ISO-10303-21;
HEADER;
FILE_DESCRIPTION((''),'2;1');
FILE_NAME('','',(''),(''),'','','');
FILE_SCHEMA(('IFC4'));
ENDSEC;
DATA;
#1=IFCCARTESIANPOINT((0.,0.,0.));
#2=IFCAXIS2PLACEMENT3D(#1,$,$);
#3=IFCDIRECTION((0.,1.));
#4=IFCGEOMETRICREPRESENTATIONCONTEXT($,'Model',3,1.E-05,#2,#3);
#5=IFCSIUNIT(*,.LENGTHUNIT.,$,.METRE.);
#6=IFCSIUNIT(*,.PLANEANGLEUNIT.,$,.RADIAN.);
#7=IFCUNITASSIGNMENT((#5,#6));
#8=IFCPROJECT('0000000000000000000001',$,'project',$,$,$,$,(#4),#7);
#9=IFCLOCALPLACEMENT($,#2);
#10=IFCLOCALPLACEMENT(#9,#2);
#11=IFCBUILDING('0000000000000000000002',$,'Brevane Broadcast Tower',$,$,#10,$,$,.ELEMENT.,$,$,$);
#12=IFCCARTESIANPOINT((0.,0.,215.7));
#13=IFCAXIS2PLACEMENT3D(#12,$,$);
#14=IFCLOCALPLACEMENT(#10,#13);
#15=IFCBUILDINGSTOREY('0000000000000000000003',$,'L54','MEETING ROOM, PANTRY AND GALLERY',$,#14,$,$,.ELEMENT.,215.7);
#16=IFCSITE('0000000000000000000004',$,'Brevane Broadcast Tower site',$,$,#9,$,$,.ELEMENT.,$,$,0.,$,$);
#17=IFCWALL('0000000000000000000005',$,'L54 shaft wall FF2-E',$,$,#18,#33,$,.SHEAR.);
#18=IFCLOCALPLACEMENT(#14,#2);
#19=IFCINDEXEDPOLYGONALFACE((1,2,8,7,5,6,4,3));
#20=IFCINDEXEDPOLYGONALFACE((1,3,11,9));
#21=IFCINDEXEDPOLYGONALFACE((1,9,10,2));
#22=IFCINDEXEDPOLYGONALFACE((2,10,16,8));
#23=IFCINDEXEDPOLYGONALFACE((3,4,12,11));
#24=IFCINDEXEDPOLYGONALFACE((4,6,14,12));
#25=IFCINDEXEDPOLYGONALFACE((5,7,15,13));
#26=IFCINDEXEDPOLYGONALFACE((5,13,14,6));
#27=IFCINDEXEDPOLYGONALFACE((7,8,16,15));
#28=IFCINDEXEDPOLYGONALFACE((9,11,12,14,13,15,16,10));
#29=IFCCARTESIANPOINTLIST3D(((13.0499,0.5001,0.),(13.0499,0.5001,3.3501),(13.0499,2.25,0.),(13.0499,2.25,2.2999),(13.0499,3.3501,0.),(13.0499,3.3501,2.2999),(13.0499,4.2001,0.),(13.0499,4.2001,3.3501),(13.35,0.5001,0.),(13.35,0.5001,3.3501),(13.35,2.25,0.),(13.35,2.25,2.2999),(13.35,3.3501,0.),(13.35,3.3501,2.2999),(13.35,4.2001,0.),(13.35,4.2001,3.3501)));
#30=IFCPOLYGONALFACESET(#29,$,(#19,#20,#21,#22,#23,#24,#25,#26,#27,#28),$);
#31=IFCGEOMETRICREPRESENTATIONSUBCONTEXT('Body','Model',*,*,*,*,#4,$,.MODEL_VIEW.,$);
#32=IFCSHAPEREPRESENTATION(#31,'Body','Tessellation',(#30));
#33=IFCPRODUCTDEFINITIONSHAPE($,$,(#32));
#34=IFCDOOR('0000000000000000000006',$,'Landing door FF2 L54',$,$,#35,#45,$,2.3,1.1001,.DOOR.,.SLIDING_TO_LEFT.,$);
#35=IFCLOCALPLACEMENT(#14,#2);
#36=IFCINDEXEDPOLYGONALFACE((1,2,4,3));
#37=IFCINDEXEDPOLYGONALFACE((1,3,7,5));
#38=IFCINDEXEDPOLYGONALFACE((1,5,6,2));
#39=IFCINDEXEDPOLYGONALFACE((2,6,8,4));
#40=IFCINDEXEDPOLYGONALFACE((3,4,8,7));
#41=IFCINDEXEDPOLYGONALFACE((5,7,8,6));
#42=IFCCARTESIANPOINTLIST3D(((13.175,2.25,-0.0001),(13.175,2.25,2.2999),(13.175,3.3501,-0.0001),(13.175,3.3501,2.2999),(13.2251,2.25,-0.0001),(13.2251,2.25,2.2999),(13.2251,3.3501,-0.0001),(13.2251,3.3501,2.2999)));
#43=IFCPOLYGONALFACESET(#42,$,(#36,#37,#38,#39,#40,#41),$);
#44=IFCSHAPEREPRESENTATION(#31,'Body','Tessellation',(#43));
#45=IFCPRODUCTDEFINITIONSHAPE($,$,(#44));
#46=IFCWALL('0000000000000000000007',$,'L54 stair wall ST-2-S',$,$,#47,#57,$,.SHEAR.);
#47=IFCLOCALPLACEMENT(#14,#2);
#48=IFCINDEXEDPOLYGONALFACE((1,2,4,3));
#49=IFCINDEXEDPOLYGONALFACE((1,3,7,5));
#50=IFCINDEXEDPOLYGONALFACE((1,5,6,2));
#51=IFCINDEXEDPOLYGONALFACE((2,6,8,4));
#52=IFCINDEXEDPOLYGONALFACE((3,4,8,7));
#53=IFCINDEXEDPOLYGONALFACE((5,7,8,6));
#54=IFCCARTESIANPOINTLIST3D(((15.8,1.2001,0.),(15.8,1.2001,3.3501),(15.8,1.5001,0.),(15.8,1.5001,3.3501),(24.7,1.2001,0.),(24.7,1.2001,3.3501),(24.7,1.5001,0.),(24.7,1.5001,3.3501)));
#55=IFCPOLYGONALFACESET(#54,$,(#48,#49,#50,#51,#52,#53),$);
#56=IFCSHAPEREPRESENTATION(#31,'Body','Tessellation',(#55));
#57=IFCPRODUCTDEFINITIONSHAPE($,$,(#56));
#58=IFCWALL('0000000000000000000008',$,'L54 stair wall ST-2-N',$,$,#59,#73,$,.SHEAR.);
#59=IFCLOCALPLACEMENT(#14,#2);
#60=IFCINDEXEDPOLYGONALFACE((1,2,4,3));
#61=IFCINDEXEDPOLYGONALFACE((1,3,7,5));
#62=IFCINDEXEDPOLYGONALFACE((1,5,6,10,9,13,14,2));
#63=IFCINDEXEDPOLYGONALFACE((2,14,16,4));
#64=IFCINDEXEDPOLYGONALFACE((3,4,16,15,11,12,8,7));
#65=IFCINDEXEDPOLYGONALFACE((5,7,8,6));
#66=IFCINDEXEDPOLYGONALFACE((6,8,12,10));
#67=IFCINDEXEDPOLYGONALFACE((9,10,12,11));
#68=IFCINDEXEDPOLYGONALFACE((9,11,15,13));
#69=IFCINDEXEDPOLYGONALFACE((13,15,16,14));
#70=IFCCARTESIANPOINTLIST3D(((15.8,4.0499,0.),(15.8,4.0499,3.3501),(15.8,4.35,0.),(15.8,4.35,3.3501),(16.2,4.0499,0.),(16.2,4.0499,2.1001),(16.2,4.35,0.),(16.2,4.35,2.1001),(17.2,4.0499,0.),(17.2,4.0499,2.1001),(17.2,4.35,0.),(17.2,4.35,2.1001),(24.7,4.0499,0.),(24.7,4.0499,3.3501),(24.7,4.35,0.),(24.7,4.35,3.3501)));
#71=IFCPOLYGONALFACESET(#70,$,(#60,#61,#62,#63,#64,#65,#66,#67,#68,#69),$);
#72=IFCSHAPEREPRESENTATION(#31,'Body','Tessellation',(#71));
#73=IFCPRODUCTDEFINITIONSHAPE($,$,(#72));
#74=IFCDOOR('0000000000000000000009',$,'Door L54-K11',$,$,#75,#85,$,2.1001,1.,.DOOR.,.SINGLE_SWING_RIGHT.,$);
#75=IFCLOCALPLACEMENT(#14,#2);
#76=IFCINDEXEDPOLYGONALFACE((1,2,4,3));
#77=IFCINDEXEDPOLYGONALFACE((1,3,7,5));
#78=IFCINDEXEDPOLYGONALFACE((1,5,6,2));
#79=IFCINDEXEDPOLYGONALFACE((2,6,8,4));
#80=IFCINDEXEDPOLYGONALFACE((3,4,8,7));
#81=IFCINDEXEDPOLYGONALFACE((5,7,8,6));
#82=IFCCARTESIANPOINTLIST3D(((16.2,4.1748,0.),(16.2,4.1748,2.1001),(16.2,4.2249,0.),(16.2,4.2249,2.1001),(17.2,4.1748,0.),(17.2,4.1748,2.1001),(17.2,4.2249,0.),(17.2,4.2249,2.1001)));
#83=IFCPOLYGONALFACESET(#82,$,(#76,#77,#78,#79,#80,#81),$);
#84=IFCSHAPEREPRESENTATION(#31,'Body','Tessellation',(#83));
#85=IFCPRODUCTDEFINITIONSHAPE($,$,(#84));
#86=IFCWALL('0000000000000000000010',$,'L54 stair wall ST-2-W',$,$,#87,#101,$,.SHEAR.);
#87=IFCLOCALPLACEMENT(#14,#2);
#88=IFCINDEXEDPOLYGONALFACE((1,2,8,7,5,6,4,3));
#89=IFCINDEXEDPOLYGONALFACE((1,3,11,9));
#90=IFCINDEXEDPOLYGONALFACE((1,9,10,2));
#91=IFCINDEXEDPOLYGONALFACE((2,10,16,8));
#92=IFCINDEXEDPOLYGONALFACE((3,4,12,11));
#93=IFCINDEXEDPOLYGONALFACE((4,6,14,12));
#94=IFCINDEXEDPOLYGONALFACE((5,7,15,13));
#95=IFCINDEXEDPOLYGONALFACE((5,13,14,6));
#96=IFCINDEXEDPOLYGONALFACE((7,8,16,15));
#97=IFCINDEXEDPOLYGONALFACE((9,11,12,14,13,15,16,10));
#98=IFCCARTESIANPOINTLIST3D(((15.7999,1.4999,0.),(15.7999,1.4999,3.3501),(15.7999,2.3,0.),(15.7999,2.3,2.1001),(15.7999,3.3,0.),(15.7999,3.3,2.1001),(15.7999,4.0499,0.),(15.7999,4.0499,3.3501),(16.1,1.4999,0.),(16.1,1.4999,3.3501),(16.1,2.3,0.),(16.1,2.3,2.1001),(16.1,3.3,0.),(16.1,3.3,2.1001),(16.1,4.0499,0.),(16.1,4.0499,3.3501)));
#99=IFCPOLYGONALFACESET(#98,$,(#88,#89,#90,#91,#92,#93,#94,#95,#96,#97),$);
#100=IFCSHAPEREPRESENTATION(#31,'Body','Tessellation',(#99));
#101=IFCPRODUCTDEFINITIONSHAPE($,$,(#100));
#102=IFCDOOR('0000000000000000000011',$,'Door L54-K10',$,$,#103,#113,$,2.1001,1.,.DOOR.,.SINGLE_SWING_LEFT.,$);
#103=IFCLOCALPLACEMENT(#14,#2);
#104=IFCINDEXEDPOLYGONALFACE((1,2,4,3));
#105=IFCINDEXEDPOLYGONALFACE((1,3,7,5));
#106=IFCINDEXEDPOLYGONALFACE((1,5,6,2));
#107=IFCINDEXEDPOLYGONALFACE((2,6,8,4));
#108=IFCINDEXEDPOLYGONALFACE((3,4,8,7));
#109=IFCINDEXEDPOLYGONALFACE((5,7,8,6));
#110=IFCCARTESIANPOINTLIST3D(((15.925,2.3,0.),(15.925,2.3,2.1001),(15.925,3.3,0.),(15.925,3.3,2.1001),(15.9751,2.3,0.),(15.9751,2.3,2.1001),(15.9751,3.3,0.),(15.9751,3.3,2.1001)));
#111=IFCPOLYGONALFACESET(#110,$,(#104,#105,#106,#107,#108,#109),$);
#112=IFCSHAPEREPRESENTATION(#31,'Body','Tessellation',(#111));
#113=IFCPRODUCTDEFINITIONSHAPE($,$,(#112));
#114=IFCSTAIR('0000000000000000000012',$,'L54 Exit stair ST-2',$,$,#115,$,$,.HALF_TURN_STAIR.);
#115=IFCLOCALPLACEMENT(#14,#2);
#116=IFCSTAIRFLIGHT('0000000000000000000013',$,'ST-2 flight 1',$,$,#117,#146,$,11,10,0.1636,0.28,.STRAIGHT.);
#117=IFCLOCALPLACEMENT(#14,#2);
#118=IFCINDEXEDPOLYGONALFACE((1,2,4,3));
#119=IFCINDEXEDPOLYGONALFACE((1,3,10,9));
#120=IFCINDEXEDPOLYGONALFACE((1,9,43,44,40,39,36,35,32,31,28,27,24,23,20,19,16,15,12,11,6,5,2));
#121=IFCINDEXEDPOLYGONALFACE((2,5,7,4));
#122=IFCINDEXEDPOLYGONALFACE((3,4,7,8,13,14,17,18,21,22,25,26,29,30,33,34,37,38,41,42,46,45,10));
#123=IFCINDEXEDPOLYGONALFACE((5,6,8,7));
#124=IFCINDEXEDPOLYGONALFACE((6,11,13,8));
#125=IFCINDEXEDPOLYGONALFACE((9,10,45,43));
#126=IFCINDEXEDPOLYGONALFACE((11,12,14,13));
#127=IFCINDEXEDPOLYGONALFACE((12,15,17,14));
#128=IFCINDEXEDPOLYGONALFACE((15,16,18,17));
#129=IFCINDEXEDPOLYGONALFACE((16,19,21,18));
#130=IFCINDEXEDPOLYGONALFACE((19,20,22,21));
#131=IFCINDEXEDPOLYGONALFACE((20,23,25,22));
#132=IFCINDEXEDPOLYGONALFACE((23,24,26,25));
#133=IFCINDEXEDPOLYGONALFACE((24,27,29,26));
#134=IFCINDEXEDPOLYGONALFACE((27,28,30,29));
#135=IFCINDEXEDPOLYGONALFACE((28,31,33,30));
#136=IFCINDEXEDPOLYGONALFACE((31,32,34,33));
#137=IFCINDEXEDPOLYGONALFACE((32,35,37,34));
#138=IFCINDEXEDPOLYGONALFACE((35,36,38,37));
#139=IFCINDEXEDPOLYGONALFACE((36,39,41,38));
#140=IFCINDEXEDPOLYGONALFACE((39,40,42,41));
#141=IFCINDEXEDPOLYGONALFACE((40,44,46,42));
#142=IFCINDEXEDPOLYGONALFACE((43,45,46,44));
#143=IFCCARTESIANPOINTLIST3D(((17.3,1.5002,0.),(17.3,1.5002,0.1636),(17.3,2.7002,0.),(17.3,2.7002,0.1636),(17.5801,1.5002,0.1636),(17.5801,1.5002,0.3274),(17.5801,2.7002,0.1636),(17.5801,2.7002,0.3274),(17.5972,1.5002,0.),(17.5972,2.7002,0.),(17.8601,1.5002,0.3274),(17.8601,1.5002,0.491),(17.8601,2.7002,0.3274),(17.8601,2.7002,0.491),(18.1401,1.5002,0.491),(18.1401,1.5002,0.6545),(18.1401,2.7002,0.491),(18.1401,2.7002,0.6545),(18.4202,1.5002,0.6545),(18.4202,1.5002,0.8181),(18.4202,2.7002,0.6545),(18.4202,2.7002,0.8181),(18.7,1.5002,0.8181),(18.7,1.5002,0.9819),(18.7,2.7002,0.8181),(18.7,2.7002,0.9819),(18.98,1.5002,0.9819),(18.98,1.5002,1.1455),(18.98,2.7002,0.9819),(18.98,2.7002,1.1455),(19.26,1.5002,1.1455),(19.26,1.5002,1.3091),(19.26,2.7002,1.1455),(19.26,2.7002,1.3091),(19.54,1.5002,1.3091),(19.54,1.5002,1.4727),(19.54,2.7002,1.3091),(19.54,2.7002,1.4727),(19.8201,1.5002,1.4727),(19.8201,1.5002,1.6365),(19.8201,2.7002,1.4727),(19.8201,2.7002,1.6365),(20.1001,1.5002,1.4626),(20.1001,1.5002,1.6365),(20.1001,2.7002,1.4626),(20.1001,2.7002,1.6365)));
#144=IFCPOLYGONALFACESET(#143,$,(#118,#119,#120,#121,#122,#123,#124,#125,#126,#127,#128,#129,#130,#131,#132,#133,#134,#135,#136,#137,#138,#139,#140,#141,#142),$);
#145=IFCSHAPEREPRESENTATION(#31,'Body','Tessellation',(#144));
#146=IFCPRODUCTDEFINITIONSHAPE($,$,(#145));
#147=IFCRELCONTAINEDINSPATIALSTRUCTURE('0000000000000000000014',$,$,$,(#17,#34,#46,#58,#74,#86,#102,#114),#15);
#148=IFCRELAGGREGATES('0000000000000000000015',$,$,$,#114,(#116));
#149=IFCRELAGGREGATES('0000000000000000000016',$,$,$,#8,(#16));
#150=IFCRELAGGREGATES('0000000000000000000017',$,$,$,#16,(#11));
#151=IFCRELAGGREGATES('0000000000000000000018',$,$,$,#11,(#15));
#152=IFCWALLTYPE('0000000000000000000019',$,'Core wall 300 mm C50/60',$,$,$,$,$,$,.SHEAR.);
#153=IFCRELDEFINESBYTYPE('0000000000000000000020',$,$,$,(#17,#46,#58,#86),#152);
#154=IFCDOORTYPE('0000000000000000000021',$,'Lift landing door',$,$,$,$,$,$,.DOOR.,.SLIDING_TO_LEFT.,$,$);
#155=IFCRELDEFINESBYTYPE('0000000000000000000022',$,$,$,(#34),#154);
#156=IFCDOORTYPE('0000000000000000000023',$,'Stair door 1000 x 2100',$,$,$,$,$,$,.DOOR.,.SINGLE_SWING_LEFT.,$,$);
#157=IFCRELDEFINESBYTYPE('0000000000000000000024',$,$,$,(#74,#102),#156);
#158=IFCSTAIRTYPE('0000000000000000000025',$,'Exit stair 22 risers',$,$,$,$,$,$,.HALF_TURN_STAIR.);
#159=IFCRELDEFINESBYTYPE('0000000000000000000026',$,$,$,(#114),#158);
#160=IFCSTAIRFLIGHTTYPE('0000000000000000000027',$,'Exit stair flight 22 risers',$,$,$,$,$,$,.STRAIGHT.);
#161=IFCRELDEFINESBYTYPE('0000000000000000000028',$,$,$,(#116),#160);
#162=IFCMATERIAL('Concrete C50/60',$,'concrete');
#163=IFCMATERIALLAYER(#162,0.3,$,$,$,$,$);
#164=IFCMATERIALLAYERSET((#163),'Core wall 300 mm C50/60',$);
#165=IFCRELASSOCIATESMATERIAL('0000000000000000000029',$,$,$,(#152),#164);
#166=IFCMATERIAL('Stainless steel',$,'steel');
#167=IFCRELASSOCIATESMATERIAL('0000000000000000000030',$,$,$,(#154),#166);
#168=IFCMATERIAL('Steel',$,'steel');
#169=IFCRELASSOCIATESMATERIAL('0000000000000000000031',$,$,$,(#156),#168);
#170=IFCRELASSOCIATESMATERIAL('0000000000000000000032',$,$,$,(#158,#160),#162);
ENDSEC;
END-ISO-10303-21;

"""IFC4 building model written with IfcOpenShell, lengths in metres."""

from ifc_helpers import new_model, si_unit, direction, frame, frame_2d, origin, place, context, subcontext, project, spatial, polyline, rectangle, outline, extrude, material, layer, layer_set, type_object, element, fill, aggregate, save


model = new_model("IFC4")

# Units and contexts
model_context = context("Model", 3, precision=1e-05, world=origin(), true_north=direction((0.0, 1.0)))
body_context = subcontext(model_context, "Body", "Model", "MODEL_VIEW")
ifc_project = project(units=[si_unit("LENGTHUNIT", "METRE"), si_unit("PLANEANGLEUNIT", "RADIAN")], contexts=[model_context])

# Site, building, storey
site_placement = place(None, origin())
site = spatial("IfcSite", under=ifc_project, at=site_placement, Name="Brevane Broadcast Tower site", CompositionType="ELEMENT", RefElevation=0.0)
building_placement = place(site_placement, origin())
building = spatial("IfcBuilding", under=site, at=building_placement, Name="Brevane Broadcast Tower", CompositionType="ELEMENT")
storey_placement = place(building_placement, frame((0.0, 0.0, 215.7)))
storey = spatial("IfcBuildingStorey", under=building, at=storey_placement, Name="L54", Description="MEETING ROOM, PANTRY AND GALLERY", CompositionType="ELEMENT", Elevation=215.7)

# Shared definitions
ifc_material_1 = material(Name="Concrete C50/60", Category="concrete")
ifc_layer_1 = layer(ifc_material_1, 0.3)
ifc_layer_set_1 = layer_set([ifc_layer_1], Name="Core wall 300 mm C50/60")
wall_type_1 = type_object("IfcWallType", Name="Core wall 300 mm C50/60", PredefinedType="SHEAR", material=ifc_layer_set_1)

# Wall, opening, door
wall_1_placement = place(storey_placement, frame((13.2, 0.5, 0.0), z_axis=(0.0, 0.0, 1.0), x_axis=(0.0, 1.0, 0.0)))
wall_1 = element("IfcWall", 1, at=wall_1_placement, inside=storey, type_object=wall_type_1, Name="L54 shaft wall FF2-E", PredefinedType="SHEAR", context=body_context, shape_type="SweptSolid", body=[
    extrude(rectangle(XDim=3.7, YDim=0.3, at=frame_2d((1.8501, 0.0))), origin(), (0.0, 0.0, 1.0), 3.3501),
])
opening_1_placement = place(wall_1_placement, frame((1.75, 0.0, 0.0)))
opening_1 = element("IfcOpeningElement", 2, at=opening_1_placement, cuts=wall_1, PredefinedType="OPENING", context=body_context, shape_type="SweptSolid", body=[
    extrude(rectangle(XDim=1.1001, YDim=2.3, at=frame_2d((0.55, 1.1499))), frame((0.0, 0.1599, 0.0), z_axis=(0.0, -1.0, 0.0), x_axis=(1.0, 0.0, 0.0)), (0.0, 0.0, 1.0), 0.3201),
])
ifc_material_2 = material(Name="Stainless steel", Category="steel")
door_type_1 = type_object("IfcDoorType", Name="Lift landing door", OperationType="SLIDING_TO_LEFT", PredefinedType="DOOR", material=ifc_material_2)
door_1_placement = place(opening_1_placement, origin())
door_1 = element("IfcDoor", 3, at=door_1_placement, inside=storey, type_object=door_type_1, Name="Landing door FF2 L54", OperationType="SLIDING_TO_LEFT", OverallHeight=2.3, OverallWidth=1.1001, PredefinedType="DOOR", context=body_context, shape_type="SweptSolid", body=[
    extrude(rectangle(XDim=1.1001, YDim=2.3, at=frame_2d((0.55, 1.1499))), frame((0.0, 0.0249, 0.0), z_axis=(0.0, -1.0, 0.0), x_axis=(1.0, 0.0, 0.0)), (0.0, 0.0, 1.0), 0.05),
])
fill(opening_1, door_1)

# Wall
wall_2_placement = place(storey_placement, frame((15.8, 1.3501, 0.0), z_axis=(0.0, 0.0, 1.0), x_axis=(1.0, 0.0, 0.0)))
element("IfcWall", 4, at=wall_2_placement, inside=storey, type_object=wall_type_1, Name="L54 stair wall ST-2-S", PredefinedType="SHEAR", context=body_context, shape_type="SweptSolid", body=[
    extrude(rectangle(XDim=8.8999, YDim=0.3, at=frame_2d((4.45, 0.0))), origin(), (0.0, 0.0, 1.0), 3.3501),
])

# Walls, openings, doors
wall_3_placement = place(storey_placement, frame((15.8, 4.2, 0.0), z_axis=(0.0, 0.0, 1.0), x_axis=(1.0, 0.0, 0.0)))
wall_3 = element("IfcWall", 5, at=wall_3_placement, inside=storey, type_object=wall_type_1, Name="L54 stair wall ST-2-N", PredefinedType="SHEAR", context=body_context, shape_type="SweptSolid", body=[
    extrude(rectangle(XDim=8.8999, YDim=0.3, at=frame_2d((4.45, 0.0))), origin(), (0.0, 0.0, 1.0), 3.3501),
])
opening_2_placement = place(wall_3_placement, frame((0.3999, 0.0, 0.0)))
opening_2 = element("IfcOpeningElement", 6, at=opening_2_placement, cuts=wall_3, PredefinedType="OPENING", context=body_context, shape_type="SweptSolid", body=[
    extrude(rectangle(XDim=1.0, YDim=2.1001, at=frame_2d((0.5, 1.05))), frame((0.0, 0.1599, 0.0), z_axis=(0.0, -1.0, 0.0), x_axis=(1.0, 0.0, 0.0)), (0.0, 0.0, 1.0), 0.3201),
])
ifc_material_3 = material(Name="Steel", Category="steel")
door_type_2 = type_object("IfcDoorType", Name="Stair door 1000 x 2100", OperationType="SINGLE_SWING_LEFT", PredefinedType="DOOR", material=ifc_material_3)
door_2_placement = place(opening_2_placement, origin())
door_2 = element("IfcDoor", 7, at=door_2_placement, inside=storey, type_object=door_type_2, Name="Door L54-K11", OperationType="SINGLE_SWING_RIGHT", OverallHeight=2.1001, OverallWidth=1.0, PredefinedType="DOOR", context=body_context, shape_type="SweptSolid", body=[
    extrude(rectangle(XDim=1.0, YDim=2.1001, at=frame_2d((0.5, 1.05))), frame((0.0, 0.0249, 0.0), z_axis=(0.0, -1.0, 0.0), x_axis=(1.0, 0.0, 0.0)), (0.0, 0.0, 1.0), 0.05),
])
fill(opening_2, door_2)
wall_4_placement = place(storey_placement, frame((15.95, 1.5, 0.0), z_axis=(0.0, 0.0, 1.0), x_axis=(0.0, 1.0, 0.0)))
wall_4 = element("IfcWall", 8, at=wall_4_placement, inside=storey, type_object=wall_type_1, Name="L54 stair wall ST-2-W", PredefinedType="SHEAR", context=body_context, shape_type="SweptSolid", body=[
    extrude(rectangle(XDim=2.55, YDim=0.3, at=frame_2d((1.2749, 0.0))), origin(), (0.0, 0.0, 1.0), 3.3501),
])
opening_3_placement = place(wall_4_placement, frame((0.8, 0.0, 0.0)))
opening_3 = element("IfcOpeningElement", 9, at=opening_3_placement, cuts=wall_4, PredefinedType="OPENING", context=body_context, shape_type="SweptSolid", body=[
    extrude(rectangle(XDim=1.0, YDim=2.1001, at=frame_2d((0.5, 1.05))), frame((0.0, 0.1599, 0.0), z_axis=(0.0, -1.0, 0.0), x_axis=(1.0, 0.0, 0.0)), (0.0, 0.0, 1.0), 0.3201),
])
door_3_placement = place(opening_3_placement, origin())
door_3 = element("IfcDoor", 10, at=door_3_placement, inside=storey, type_object=door_type_2, Name="Door L54-K10", OperationType="SINGLE_SWING_LEFT", OverallHeight=2.1001, OverallWidth=1.0, PredefinedType="DOOR", context=body_context, shape_type="SweptSolid", body=[
    extrude(rectangle(XDim=1.0, YDim=2.1001, at=frame_2d((0.5, 1.05))), frame((0.0, 0.0249, 0.0), z_axis=(0.0, -1.0, 0.0), x_axis=(1.0, 0.0, 0.0)), (0.0, 0.0, 1.0), 0.05),
])
fill(opening_3, door_3)

# Stair, stair flight
stair_type = type_object("IfcStairType", Name="Exit stair 22 risers", PredefinedType="HALF_TURN_STAIR", material=ifc_material_1)
stair_placement = place(storey_placement, origin())
stair = element("IfcStair", 11, at=stair_placement, inside=storey, type_object=stair_type, Name="L54 Exit stair ST-2", PredefinedType="HALF_TURN_STAIR")
stair_flight_type = type_object("IfcStairFlightType", Name="Exit stair flight 22 risers", PredefinedType="STRAIGHT", material=ifc_material_1)
stair_flight_placement = place(storey_placement, frame((17.3, 2.1001, 0.0), z_axis=(0.0, 0.0, 1.0), x_axis=(1.0, 0.0, 0.0)))
stair_flight = element("IfcStairFlight", 12, at=stair_flight_placement, type_object=stair_flight_type, Name="ST-2 flight 1", NumberOfRisers=11, NumberOfTreads=10, PredefinedType="STRAIGHT", RiserHeight=0.1636, TreadLength=0.28, context=body_context, shape_type="SweptSolid", body=[
    extrude(outline(polyline([(0.0, 0.0), (0.0, 0.1636), (0.28, 0.1636), (0.28, 0.3274), (0.5601, 0.3274), (0.5601, 0.491), (0.8401, 0.491), (0.8401, 0.6545), (1.1201, 0.6545), (1.1201, 0.8181), (1.3999, 0.8181), (1.3999, 0.9819), (1.6799, 0.9819), (1.6799, 1.1455), (1.96, 1.1455), (1.96, 1.3091), (2.24, 1.3091), (2.24, 1.4727), (2.52, 1.4727), (2.52, 1.6365), (2.8, 1.6365), (2.8, 1.8), (2.8, 1.4626), (0.2971, 0.0), (0.0, 0.0)])), frame((0.0, 0.6001, 0.0), z_axis=(0.0, -1.0, 0.0), x_axis=(1.0, 0.0, 0.0)), (0.0, 0.0, 1.0), 1.2),
])
aggregate(stair, [stair_flight])

save(model, "model.ifc")
